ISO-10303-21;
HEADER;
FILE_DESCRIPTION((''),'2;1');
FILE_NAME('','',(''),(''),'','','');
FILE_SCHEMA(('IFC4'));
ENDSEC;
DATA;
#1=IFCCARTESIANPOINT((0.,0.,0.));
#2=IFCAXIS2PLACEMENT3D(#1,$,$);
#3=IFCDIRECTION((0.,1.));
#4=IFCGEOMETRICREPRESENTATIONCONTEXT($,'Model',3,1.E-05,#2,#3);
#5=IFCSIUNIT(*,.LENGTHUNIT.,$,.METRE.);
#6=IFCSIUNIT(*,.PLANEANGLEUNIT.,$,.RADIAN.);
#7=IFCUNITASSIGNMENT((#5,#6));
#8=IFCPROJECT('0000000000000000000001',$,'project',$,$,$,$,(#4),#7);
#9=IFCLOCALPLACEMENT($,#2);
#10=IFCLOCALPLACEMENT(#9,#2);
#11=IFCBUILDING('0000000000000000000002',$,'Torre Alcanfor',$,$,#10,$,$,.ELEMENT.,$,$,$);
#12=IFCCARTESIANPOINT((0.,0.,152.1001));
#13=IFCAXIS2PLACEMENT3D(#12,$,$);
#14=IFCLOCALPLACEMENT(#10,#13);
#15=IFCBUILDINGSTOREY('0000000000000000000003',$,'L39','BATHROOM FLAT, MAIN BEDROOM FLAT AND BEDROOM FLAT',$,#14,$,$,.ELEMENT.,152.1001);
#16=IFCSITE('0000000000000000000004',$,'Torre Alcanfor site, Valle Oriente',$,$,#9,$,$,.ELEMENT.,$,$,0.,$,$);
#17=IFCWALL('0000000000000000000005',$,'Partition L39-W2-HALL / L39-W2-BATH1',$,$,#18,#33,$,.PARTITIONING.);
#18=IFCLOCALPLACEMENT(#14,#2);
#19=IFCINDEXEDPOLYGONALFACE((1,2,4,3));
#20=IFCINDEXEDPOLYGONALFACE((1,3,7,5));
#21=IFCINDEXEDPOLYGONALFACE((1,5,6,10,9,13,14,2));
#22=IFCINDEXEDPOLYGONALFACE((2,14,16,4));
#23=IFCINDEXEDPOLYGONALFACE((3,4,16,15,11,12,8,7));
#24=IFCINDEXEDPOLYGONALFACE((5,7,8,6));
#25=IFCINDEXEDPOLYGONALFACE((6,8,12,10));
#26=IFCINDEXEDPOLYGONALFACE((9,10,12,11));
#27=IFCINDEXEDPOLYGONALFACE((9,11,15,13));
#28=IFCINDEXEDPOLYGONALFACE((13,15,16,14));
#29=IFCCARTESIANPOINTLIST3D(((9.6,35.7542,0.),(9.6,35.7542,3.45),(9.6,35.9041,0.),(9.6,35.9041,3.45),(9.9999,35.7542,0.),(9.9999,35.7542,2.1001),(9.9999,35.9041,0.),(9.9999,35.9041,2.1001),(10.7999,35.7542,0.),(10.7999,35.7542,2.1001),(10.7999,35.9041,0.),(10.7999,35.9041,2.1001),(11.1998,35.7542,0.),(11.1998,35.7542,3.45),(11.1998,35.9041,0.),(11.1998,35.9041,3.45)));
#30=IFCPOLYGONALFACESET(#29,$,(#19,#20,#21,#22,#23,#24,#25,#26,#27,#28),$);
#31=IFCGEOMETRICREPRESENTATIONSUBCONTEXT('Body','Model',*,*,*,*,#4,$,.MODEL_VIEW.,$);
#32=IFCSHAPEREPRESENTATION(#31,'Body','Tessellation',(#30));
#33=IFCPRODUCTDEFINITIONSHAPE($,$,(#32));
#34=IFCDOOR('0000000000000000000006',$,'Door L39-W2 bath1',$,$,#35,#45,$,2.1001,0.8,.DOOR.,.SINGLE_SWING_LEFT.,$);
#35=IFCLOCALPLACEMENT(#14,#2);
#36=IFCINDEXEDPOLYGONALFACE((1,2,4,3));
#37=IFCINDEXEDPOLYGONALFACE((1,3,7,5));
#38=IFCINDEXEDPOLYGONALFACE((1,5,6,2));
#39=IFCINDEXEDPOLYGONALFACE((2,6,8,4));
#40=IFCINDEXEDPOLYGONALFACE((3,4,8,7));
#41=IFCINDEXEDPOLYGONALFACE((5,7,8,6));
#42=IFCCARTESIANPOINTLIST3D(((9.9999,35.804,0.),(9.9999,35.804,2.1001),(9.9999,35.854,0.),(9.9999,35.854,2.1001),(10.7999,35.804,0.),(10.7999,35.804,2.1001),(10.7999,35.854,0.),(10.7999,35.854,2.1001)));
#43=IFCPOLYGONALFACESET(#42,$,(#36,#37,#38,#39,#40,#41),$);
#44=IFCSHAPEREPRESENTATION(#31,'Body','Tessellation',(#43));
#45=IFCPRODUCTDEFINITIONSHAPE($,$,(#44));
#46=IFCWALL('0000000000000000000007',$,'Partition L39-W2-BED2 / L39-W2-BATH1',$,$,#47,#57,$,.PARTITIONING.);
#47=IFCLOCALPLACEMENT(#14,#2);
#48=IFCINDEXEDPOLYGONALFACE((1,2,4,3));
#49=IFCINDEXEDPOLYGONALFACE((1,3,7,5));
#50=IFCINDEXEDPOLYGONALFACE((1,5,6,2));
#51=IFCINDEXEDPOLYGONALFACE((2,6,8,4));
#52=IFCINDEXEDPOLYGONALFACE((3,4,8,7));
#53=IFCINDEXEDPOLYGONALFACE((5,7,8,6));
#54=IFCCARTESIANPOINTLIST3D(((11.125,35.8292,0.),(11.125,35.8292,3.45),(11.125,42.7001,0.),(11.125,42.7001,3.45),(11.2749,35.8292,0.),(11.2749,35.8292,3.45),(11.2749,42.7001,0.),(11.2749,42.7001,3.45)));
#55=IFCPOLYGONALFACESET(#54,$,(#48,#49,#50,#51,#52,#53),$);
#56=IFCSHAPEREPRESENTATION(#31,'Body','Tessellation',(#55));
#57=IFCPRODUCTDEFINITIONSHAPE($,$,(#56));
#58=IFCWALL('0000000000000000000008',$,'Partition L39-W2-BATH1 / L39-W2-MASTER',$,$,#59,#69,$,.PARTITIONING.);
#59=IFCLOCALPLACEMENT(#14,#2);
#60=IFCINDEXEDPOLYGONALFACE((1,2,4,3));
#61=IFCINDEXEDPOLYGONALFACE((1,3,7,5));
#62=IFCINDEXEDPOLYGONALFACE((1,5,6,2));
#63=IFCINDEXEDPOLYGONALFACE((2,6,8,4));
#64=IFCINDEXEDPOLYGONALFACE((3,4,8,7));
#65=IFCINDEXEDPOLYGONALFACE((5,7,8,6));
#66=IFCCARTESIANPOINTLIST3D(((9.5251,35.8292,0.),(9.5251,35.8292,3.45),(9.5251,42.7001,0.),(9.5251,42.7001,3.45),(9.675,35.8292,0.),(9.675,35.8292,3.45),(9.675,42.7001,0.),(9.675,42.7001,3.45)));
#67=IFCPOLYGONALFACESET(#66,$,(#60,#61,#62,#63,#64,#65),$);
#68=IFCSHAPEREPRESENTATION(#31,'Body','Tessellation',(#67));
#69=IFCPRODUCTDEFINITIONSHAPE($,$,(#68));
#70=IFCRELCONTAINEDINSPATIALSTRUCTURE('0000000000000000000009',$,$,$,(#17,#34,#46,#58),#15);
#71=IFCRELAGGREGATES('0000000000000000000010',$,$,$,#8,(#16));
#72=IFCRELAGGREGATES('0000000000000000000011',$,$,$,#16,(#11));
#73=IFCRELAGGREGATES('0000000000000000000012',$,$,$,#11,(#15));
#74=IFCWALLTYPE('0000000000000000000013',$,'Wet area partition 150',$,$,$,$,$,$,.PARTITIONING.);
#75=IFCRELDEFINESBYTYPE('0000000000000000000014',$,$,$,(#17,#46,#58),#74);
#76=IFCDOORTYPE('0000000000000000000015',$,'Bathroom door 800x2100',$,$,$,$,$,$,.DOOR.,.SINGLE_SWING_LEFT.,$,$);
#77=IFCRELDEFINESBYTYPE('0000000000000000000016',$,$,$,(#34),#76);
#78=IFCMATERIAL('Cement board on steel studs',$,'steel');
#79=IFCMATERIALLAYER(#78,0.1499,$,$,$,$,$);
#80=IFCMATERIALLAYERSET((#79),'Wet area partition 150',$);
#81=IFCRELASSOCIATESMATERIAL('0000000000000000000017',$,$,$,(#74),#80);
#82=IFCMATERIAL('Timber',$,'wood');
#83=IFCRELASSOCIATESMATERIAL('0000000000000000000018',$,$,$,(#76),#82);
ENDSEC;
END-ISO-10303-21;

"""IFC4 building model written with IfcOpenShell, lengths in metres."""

from ifc_helpers import new_model, si_unit, direction, frame, frame_2d, origin, place, context, subcontext, project, spatial, rectangle, extrude, material, layer, layer_set, type_object, element, fill, save


model = new_model("IFC4")

# Units and contexts
model_context = context("Model", 3, precision=1e-05, world=origin(), true_north=direction((0.0, 1.0)))
body_context = subcontext(model_context, "Body", "Model", "MODEL_VIEW")
ifc_project = project(units=[si_unit("LENGTHUNIT", "METRE"), si_unit("PLANEANGLEUNIT", "RADIAN")], contexts=[model_context])

# Site, building, storey
site_placement = place(None, origin())
site = spatial("IfcSite", under=ifc_project, at=site_placement, Name="Torre Alcanfor site, Valle Oriente", CompositionType="ELEMENT", RefElevation=0.0)
building_placement = place(site_placement, origin())
building = spatial("IfcBuilding", under=site, at=building_placement, Name="Torre Alcanfor", CompositionType="ELEMENT")
storey_placement = place(building_placement, frame((0.0, 0.0, 152.1001)))
storey = spatial("IfcBuildingStorey", under=building, at=storey_placement, Name="L39", Description="BATHROOM FLAT, MAIN BEDROOM FLAT AND BEDROOM FLAT", CompositionType="ELEMENT", Elevation=152.1001)

# Wall, opening, door
ifc_material_1 = material(Name="Cement board on steel studs", Category="steel")
ifc_layer_1 = layer(ifc_material_1, 0.1499)
ifc_layer_set_1 = layer_set([ifc_layer_1], Name="Wet area partition 150")
wall_type_1 = type_object("IfcWallType", Name="Wet area partition 150", PredefinedType="PARTITIONING", material=ifc_layer_set_1)
wall_1_placement = place(storey_placement, frame((9.6001, 35.8291, 0.0), z_axis=(0.0, 0.0, 1.0), x_axis=(1.0, 0.0, 0.0)))
wall_1 = element("IfcWall", 1, at=wall_1_placement, inside=storey, type_object=wall_type_1, Name="Partition L39-W2-HALL / L39-W2-BATH1", PredefinedType="PARTITIONING", context=body_context, shape_type="SweptSolid", body=[
    extrude(rectangle(XDim=1.5999, YDim=0.1499, at=frame_2d((0.7998, 0.0))), origin(), (0.0, 0.0, 1.0), 3.45),
])
opening_1_placement = place(wall_1_placement, frame((0.3999, 0.0, 0.0)))
opening_1 = element("IfcOpeningElement", 2, at=opening_1_placement, cuts=wall_1, PredefinedType="OPENING", context=body_context, shape_type="SweptSolid", body=[
    extrude(rectangle(XDim=0.8, YDim=2.1001, at=frame_2d((0.3999, 1.05))), frame((0.0, 0.085, 0.0), z_axis=(0.0, -1.0, 0.0), x_axis=(1.0, 0.0, 0.0)), (0.0, 0.0, 1.0), 0.1699),
])
ifc_material_2 = material(Name="Timber", Category="wood")
door_type_1 = type_object("IfcDoorType", Name="Bathroom door 800x2100", OperationType="SINGLE_SWING_LEFT", PredefinedType="DOOR", material=ifc_material_2)
door_1_placement = place(opening_1_placement, origin())
door_1 = element("IfcDoor", 3, at=door_1_placement, inside=storey, type_object=door_type_1, Name="Door L39-W2 bath1", OperationType="SINGLE_SWING_LEFT", OverallHeight=2.1001, OverallWidth=0.8, PredefinedType="DOOR", context=body_context, shape_type="SweptSolid", body=[
    extrude(rectangle(XDim=0.8, YDim=2.1001, at=frame_2d((0.3999, 1.05))), frame((0.0, 0.0249, 0.0), z_axis=(0.0, -1.0, 0.0), x_axis=(1.0, 0.0, 0.0)), (0.0, 0.0, 1.0), 0.05),
])
fill(opening_1, door_1)

# Walls
for number, where, z_axis, x_axis, name in (
    (4, (11.2, 35.8291, 0.0), (0.0, 0.0, 1.0), (0.0, 1.0, 0.0), "Partition L39-W2-BED2 / L39-W2-BATH1"),
    (5, (9.6001, 35.8291, 0.0), (0.0, 0.0, 1.0), (0.0, 1.0, 0.0), "Partition L39-W2-BATH1 / L39-W2-MASTER"),
):
    element("IfcWall", number, at=place(storey_placement, frame(where, z_axis=z_axis, x_axis=x_axis)), inside=storey, type_object=wall_type_1, Name=name, PredefinedType="PARTITIONING", context=body_context, shape_type="SweptSolid", body=[
        extrude(rectangle(XDim=6.8708, YDim=0.1499, at=frame_2d((3.4355, 0.0))), origin(), (0.0, 0.0, 1.0), 3.45),
    ])

save(model, "model.ifc")
